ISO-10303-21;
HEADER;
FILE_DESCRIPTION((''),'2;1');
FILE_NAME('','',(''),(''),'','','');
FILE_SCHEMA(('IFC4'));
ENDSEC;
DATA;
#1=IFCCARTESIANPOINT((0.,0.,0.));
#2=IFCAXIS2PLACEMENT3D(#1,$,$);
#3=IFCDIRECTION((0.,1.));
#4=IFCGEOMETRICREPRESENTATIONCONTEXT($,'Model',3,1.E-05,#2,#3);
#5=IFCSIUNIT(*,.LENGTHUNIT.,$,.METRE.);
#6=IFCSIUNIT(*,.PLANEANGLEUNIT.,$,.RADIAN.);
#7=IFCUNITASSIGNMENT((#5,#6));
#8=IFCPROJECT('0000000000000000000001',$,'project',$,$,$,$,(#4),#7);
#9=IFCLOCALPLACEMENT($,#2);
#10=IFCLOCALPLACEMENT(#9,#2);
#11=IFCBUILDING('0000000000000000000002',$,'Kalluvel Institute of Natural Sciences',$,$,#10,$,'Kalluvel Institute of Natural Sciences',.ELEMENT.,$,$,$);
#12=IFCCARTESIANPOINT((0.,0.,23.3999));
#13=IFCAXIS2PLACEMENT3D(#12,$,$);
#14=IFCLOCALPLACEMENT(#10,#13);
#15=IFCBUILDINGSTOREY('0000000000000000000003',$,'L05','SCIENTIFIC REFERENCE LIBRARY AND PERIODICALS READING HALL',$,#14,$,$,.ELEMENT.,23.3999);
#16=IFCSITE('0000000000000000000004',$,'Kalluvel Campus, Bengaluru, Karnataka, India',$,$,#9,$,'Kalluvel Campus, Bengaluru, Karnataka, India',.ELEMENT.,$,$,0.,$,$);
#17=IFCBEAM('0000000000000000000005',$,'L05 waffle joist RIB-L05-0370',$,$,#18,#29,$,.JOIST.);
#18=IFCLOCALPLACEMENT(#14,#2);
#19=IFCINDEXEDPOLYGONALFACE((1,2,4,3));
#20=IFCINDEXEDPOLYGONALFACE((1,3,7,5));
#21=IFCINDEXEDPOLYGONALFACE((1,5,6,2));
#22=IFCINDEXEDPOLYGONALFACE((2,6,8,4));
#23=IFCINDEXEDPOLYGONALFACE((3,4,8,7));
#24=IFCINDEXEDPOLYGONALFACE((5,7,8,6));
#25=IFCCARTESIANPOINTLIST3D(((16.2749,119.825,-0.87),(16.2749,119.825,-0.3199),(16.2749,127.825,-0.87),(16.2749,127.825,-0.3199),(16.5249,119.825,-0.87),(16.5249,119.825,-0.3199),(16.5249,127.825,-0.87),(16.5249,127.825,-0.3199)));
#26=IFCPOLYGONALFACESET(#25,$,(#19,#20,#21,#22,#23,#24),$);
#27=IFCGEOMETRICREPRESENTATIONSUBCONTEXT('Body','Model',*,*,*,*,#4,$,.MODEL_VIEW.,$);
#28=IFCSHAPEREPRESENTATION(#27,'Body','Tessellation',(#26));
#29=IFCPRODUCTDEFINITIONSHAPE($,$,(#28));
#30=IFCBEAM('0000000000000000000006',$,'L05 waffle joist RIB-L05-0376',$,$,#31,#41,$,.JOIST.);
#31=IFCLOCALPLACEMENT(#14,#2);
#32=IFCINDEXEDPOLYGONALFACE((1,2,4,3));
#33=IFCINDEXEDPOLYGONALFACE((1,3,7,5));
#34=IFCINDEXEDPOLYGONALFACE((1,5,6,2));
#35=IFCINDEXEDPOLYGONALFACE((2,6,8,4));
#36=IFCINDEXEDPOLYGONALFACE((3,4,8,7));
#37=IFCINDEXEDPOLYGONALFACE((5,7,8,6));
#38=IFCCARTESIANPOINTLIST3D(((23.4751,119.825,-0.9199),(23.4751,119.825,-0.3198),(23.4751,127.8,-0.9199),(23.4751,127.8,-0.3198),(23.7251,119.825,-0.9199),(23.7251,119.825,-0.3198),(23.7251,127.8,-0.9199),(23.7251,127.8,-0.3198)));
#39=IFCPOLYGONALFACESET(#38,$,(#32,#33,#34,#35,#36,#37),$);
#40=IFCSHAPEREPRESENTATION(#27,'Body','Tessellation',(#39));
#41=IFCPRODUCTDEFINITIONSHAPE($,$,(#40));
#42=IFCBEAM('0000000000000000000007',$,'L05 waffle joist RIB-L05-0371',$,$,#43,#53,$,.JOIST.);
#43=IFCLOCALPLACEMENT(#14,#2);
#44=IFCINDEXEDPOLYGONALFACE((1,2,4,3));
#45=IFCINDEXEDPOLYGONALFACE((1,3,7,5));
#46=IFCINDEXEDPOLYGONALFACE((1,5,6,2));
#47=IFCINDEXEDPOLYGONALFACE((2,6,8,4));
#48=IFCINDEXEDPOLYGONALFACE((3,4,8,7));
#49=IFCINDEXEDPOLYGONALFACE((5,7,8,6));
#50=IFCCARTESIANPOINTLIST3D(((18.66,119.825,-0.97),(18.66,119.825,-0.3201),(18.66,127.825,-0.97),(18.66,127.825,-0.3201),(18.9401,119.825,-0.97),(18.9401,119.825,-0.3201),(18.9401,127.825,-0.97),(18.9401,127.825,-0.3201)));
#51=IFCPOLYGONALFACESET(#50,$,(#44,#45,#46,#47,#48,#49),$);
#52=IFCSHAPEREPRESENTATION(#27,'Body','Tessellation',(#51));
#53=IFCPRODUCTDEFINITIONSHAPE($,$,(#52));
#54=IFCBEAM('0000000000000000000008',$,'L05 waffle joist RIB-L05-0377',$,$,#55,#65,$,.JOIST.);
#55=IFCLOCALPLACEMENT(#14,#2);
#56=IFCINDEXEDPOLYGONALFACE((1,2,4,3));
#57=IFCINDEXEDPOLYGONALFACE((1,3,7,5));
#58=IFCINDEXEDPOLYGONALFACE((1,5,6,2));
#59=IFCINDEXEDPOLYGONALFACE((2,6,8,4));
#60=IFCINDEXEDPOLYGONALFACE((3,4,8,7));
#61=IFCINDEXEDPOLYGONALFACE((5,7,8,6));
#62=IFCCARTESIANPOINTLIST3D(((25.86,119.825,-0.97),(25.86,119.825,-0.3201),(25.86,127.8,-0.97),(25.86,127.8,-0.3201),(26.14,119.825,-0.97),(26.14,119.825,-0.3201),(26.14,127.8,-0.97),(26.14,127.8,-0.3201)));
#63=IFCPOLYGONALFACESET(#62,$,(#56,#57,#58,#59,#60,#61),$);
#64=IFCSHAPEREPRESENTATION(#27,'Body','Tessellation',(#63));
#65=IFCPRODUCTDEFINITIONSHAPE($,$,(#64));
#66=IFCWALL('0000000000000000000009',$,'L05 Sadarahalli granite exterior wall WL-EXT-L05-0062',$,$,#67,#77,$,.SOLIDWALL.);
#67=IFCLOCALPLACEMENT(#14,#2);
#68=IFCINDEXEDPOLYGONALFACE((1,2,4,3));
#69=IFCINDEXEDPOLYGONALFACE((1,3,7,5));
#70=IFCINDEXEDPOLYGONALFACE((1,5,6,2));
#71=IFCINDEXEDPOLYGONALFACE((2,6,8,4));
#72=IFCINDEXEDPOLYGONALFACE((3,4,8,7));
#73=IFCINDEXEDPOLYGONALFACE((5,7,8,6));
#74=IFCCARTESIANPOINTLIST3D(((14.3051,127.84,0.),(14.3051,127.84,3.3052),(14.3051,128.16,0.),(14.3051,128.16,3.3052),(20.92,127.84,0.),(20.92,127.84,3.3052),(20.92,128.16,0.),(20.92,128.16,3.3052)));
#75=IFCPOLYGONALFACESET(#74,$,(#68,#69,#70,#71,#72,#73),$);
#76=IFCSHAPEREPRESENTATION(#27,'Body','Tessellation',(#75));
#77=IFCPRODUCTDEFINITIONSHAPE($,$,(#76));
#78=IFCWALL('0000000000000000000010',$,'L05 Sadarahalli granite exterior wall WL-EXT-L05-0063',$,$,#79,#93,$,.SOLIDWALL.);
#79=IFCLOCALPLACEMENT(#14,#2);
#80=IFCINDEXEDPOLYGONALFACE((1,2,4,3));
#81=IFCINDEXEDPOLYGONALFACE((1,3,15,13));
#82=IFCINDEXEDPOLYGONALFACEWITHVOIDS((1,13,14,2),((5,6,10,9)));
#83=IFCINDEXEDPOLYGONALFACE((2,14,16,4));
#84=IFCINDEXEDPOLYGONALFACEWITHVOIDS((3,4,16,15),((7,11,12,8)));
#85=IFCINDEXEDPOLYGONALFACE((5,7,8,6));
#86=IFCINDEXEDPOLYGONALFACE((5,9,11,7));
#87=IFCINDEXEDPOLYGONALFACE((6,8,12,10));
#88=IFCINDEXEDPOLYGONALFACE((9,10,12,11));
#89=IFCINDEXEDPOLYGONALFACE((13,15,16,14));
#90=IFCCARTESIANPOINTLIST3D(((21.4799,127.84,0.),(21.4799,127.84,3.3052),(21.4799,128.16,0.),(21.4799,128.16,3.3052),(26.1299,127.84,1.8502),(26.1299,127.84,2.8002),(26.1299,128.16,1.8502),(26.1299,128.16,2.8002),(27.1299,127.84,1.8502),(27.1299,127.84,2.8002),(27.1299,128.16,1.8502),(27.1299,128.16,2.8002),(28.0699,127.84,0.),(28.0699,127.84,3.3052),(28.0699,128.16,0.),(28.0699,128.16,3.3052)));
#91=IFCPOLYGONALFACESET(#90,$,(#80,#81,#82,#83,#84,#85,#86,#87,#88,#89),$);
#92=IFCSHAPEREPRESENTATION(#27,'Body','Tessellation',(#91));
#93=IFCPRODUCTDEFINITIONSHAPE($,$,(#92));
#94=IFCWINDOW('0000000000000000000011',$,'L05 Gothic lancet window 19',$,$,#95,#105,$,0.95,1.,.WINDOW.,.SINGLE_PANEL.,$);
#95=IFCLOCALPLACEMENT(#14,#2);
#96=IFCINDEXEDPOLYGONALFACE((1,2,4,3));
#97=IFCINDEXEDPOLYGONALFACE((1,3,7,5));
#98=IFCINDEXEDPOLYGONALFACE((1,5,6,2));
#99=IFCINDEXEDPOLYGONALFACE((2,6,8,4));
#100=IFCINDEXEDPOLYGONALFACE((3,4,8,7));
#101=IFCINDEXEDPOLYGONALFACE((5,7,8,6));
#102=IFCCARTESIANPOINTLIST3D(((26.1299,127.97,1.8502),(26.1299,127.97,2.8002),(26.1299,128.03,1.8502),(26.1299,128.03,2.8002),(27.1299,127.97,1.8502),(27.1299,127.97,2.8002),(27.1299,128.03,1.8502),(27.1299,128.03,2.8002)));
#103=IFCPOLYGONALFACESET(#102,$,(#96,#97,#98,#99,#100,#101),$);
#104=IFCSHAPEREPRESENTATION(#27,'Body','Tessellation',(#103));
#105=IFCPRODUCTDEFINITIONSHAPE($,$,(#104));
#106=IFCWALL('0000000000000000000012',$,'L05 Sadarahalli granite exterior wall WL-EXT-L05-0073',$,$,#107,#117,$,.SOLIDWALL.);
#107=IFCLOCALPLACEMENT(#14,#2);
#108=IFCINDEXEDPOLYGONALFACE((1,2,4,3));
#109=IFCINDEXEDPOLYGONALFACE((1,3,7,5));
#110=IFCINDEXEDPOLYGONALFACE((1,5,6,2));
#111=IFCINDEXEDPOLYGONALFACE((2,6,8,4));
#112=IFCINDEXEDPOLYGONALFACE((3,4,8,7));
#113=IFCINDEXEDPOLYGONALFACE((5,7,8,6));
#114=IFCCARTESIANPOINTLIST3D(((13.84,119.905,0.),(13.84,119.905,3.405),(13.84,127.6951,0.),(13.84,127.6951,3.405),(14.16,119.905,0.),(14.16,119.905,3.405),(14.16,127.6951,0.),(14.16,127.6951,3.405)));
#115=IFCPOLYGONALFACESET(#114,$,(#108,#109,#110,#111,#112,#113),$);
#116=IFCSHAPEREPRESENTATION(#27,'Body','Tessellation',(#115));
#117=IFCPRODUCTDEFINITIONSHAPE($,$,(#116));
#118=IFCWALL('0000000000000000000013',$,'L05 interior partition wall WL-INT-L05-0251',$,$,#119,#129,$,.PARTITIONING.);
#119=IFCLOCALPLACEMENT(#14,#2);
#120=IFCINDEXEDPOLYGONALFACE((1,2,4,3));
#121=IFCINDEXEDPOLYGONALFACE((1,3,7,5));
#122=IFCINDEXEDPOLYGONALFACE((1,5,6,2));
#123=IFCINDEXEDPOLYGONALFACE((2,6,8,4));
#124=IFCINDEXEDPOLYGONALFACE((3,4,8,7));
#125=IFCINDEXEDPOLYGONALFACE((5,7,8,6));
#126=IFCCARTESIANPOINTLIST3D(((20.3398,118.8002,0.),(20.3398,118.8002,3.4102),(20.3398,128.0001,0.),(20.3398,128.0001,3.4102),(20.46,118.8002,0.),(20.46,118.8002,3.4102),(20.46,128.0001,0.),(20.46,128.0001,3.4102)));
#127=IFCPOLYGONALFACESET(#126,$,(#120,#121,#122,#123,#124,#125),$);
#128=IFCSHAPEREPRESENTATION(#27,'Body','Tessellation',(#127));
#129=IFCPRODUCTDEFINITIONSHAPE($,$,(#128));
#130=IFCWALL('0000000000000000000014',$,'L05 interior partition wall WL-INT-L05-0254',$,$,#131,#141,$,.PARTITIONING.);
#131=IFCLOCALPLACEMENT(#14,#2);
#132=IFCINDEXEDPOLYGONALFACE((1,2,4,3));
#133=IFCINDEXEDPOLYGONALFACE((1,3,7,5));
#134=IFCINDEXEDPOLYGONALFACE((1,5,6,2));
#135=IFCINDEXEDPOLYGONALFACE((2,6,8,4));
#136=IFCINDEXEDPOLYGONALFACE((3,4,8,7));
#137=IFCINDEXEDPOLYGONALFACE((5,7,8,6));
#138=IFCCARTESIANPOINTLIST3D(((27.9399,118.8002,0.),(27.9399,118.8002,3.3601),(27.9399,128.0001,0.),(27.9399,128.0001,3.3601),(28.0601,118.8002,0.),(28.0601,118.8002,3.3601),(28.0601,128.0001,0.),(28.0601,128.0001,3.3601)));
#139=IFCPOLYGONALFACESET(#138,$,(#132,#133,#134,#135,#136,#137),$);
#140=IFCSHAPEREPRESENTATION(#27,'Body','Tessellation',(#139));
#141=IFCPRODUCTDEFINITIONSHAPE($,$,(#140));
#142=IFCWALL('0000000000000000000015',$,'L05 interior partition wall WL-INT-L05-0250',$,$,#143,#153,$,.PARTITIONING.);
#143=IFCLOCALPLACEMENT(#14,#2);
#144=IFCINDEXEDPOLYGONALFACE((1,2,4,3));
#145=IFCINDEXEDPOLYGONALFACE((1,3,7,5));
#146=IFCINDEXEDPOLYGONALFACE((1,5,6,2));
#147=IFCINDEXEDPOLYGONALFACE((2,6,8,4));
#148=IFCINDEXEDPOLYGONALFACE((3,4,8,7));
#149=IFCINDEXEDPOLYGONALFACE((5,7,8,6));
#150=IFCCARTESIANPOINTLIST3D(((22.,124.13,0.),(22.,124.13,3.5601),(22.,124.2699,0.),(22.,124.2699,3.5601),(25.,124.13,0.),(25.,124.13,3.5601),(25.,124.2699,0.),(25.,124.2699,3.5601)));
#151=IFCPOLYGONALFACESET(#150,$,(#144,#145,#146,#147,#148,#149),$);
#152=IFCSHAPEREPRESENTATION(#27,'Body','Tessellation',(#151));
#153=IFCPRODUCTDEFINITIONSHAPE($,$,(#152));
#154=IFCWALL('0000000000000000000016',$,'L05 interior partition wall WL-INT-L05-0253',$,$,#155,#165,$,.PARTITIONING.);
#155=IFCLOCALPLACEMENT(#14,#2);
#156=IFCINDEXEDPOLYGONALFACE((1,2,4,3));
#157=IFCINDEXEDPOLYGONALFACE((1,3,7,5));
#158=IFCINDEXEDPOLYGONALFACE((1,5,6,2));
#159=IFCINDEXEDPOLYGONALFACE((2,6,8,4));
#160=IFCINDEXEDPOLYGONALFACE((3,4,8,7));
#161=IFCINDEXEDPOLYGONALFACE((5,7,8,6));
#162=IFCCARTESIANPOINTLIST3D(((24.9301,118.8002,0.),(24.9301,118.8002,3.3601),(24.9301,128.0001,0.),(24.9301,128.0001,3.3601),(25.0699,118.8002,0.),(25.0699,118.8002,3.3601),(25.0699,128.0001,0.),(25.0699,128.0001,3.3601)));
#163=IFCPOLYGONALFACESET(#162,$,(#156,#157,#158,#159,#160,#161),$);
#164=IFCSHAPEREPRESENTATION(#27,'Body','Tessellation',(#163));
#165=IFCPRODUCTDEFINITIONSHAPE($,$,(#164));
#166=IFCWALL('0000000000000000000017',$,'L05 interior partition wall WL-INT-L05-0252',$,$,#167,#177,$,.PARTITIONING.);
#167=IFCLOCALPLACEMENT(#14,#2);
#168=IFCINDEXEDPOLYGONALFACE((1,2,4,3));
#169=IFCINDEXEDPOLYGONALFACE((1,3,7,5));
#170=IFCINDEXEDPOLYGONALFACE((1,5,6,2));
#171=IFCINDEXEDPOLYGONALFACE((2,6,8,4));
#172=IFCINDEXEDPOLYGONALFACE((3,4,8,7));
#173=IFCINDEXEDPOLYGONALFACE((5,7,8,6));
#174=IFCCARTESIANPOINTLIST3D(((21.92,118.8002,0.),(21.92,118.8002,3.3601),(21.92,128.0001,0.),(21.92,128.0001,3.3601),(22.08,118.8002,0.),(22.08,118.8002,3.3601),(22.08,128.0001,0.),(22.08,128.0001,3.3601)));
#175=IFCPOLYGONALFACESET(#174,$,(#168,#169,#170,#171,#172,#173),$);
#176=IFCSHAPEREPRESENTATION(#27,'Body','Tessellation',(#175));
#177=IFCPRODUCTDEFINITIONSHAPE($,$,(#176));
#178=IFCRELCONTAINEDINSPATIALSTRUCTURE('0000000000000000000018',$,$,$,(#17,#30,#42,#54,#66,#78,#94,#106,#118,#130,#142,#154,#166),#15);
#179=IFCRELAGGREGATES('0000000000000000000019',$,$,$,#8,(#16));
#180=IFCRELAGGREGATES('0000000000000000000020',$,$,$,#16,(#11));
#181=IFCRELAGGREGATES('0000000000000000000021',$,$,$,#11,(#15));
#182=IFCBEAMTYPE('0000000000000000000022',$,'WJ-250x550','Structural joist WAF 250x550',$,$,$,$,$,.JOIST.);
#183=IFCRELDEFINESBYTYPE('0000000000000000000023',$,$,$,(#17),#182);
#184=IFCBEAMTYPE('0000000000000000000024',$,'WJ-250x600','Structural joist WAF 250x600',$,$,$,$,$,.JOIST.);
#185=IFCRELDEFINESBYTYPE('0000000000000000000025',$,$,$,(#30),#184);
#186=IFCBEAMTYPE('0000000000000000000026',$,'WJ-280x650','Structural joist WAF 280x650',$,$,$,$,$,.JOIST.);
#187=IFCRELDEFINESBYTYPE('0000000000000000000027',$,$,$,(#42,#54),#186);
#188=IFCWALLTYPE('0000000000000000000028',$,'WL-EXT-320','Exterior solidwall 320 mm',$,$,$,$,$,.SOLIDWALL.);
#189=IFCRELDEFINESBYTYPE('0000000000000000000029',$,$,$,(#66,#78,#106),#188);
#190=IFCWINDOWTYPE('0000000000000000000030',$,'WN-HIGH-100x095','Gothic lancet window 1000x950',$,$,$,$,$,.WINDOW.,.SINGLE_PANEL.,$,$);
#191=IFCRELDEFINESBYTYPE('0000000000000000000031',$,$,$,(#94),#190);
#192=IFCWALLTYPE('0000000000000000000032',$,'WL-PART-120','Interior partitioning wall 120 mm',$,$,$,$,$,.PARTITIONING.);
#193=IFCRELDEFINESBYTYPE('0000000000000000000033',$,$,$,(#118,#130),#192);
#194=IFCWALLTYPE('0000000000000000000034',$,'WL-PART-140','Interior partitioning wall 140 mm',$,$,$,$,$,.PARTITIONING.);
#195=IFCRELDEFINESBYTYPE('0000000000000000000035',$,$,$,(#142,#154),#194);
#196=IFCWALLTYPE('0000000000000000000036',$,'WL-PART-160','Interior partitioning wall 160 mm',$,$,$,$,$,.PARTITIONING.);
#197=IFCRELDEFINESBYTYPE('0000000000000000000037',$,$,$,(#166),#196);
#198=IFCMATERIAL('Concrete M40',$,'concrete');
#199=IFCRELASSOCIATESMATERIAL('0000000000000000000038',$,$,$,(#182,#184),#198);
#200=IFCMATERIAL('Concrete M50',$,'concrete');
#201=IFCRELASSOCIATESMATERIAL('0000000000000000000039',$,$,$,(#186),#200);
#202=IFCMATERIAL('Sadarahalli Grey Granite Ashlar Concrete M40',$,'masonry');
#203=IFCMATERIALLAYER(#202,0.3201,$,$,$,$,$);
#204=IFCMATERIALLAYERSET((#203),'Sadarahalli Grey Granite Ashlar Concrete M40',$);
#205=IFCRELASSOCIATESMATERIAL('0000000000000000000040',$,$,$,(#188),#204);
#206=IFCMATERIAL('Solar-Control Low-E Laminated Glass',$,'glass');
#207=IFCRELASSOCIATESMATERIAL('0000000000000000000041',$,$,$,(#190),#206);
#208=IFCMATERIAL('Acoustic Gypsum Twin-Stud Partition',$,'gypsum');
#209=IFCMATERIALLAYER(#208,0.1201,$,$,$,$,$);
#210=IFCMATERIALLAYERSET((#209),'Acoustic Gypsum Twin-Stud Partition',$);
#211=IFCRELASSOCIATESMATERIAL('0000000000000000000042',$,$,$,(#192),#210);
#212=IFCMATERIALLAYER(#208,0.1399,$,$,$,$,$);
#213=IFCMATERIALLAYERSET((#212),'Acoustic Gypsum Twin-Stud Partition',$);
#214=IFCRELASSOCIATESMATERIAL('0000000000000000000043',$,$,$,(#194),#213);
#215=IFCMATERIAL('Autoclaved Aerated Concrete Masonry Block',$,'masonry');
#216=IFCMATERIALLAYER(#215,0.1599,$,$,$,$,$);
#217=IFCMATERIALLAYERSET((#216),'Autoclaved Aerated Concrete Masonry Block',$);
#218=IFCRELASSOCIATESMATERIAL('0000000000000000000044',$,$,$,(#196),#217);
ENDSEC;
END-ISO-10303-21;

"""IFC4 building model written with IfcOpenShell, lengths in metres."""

from ifc_helpers import new_model, si_unit, direction, frame, frame_2d, origin, origin_2d, place, context, subcontext, project, spatial, rectangle, extrude, material, layer, layer_set, material_profile, profile_set, type_object, element, fill, save


model = new_model("IFC4")

# Units and contexts
model_context = context("Model", 3, precision=1e-05, world=origin(), true_north=direction((0.0, 1.0)))
body_context = subcontext(model_context, "Body", "Model", "MODEL_VIEW")
ifc_project = project(units=[si_unit("LENGTHUNIT", "METRE"), si_unit("PLANEANGLEUNIT", "RADIAN")], contexts=[model_context])

# Site, building, storey
site_placement = place(None, origin())
site = spatial("IfcSite", under=ifc_project, at=site_placement, Name="Kalluvel Campus, Bengaluru, Karnataka, India", LongName="Kalluvel Campus, Bengaluru, Karnataka, India", CompositionType="ELEMENT", RefElevation=0.0)
building_placement = place(site_placement, origin())
building = spatial("IfcBuilding", under=site, at=building_placement, Name="Kalluvel Institute of Natural Sciences", LongName="Kalluvel Institute of Natural Sciences", CompositionType="ELEMENT")
storey_placement = place(building_placement, frame((0.0, 0.0, 23.3999)))
storey = spatial("IfcBuildingStorey", under=building, at=storey_placement, Name="L05", Description="SCIENTIFIC REFERENCE LIBRARY AND PERIODICALS READING HALL", CompositionType="ELEMENT", Elevation=23.3999)

# Shared definitions
ifc_material_1 = material(Name="Concrete M50", Category="concrete")
ifc_material_2 = material(Name="Concrete M40", Category="concrete")

# Beams
ifc_material_profile_1 = material_profile(ifc_material_2, rectangle(XDim=0.25, YDim=0.55, at=origin_2d()), Name="WAF 250x550")
ifc_profile_set_1 = profile_set([ifc_material_profile_1], Name="Concrete M40")
beam_type_1 = type_object("IfcBeamType", Name="WJ-250x550", Description="Structural joist WAF 250x550", PredefinedType="JOIST", material=ifc_profile_set_1)
beam_1_placement = place(storey_placement, frame((16.3999, 119.825, -0.595), z_axis=(0.0, 1.0, 0.0), x_axis=(-1.0, 0.0, 0.0)))
element("IfcBeam", 1, at=beam_1_placement, inside=storey, type_object=beam_type_1, Name="L05 waffle joist RIB-L05-0370", PredefinedType="JOIST", context=body_context, shape_type="SweptSolid", body=[
    extrude(rectangle(XDim=0.25, YDim=0.55, at=origin_2d()), origin(), (0.0, 0.0, 1.0), 8.0),
])
ifc_material_profile_2 = material_profile(ifc_material_2, rectangle(XDim=0.25, YDim=0.6001, at=origin_2d()), Name="WAF 250x600")
ifc_profile_set_2 = profile_set([ifc_material_profile_2], Name="Concrete M40")
beam_type_2 = type_object("IfcBeamType", Name="WJ-250x600", Description="Structural joist WAF 250x600", PredefinedType="JOIST", material=ifc_profile_set_2)
beam_2_placement = place(storey_placement, frame((23.6001, 119.825, -0.6199), z_axis=(0.0, 1.0, 0.0), x_axis=(-1.0, 0.0, 0.0)))
element("IfcBeam", 2, at=beam_2_placement, inside=storey, type_object=beam_type_2, Name="L05 waffle joist RIB-L05-0376", PredefinedType="JOIST", context=body_context, shape_type="SweptSolid", body=[
    extrude(rectangle(XDim=0.25, YDim=0.6001, at=origin_2d()), origin(), (0.0, 0.0, 1.0), 7.9751),
])
ifc_material_profile_3 = material_profile(ifc_material_1, rectangle(XDim=0.28, YDim=0.6499, at=origin_2d()), Name="WAF 280x650")
ifc_profile_set_3 = profile_set([ifc_material_profile_3], Name="Concrete M50")
beam_type_3 = type_object("IfcBeamType", Name="WJ-280x650", Description="Structural joist WAF 280x650", PredefinedType="JOIST", material=ifc_profile_set_3)
beam_3_placement = place(storey_placement, frame((18.8, 119.825, -0.645), z_axis=(0.0, 1.0, 0.0), x_axis=(-1.0, 0.0, 0.0)))
element("IfcBeam", 3, at=beam_3_placement, inside=storey, type_object=beam_type_3, Name="L05 waffle joist RIB-L05-0371", PredefinedType="JOIST", context=body_context, shape_type="SweptSolid", body=[
    extrude(rectangle(XDim=0.28, YDim=0.6499, at=origin_2d()), origin(), (0.0, 0.0, 1.0), 8.0),
])
beam_4_placement = place(storey_placement, frame((26.0, 119.825, -0.645), z_axis=(0.0, 1.0, 0.0), x_axis=(-1.0, 0.0, 0.0)))
element("IfcBeam", 4, at=beam_4_placement, inside=storey, type_object=beam_type_3, Name="L05 waffle joist RIB-L05-0377", PredefinedType="JOIST", context=body_context, shape_type="SweptSolid", body=[
    extrude(rectangle(XDim=0.28, YDim=0.6499, at=origin_2d()), origin(), (0.0, 0.0, 1.0), 7.9751),
])

# Wall
ifc_material_3 = material(Name="Sadarahalli Grey Granite Ashlar Concrete M40", Category="masonry")
ifc_layer_1 = layer(ifc_material_3, 0.3201)
ifc_layer_set_1 = layer_set([ifc_layer_1], Name="Sadarahalli Grey Granite Ashlar Concrete M40")
wall_type_1 = type_object("IfcWallType", Name="WL-EXT-320", Description="Exterior solidwall 320 mm", PredefinedType="SOLIDWALL", material=ifc_layer_set_1)
wall_1_placement = place(storey_placement, frame((14.3049, 128.0, 0.0), z_axis=(0.0, 0.0, 1.0), x_axis=(1.0, 0.0, 0.0)))
element("IfcWall", 5, at=wall_1_placement, inside=storey, type_object=wall_type_1, Name="L05 Sadarahalli granite exterior wall WL-EXT-L05-0062", PredefinedType="SOLIDWALL", context=body_context, shape_type="SweptSolid", body=[
    extrude(rectangle(XDim=6.615, YDim=0.3201, at=frame_2d((3.3076, 0.0))), origin(), (0.0, 0.0, 1.0), 3.3052),
])

# Wall, opening, window
wall_2_placement = place(storey_placement, frame((21.48, 128.0, 0.0), z_axis=(0.0, 0.0, 1.0), x_axis=(1.0, 0.0, 0.0)))
wall_2 = element("IfcWall", 6, at=wall_2_placement, inside=storey, type_object=wall_type_1, Name="L05 Sadarahalli granite exterior wall WL-EXT-L05-0063", PredefinedType="SOLIDWALL", context=body_context, shape_type="SweptSolid", body=[
    extrude(rectangle(XDim=6.5901, YDim=0.3201, at=frame_2d((3.2949, 0.0))), origin(), (0.0, 0.0, 1.0), 3.3052),
])
opening_placement = place(wall_2_placement, frame((4.6499, 0.0, 1.8501)))
opening = element("IfcOpeningElement", 7, at=opening_placement, cuts=wall_2, PredefinedType="OPENING", context=body_context, shape_type="SweptSolid", body=[
    extrude(rectangle(XDim=1.0, YDim=0.95, at=frame_2d((0.5, 0.4751))), frame((0.0, 0.1699, 0.0), z_axis=(0.0, -1.0, 0.0), x_axis=(1.0, 0.0, 0.0)), (0.0, 0.0, 1.0), 0.3401),
])
ifc_material_4 = material(Name="Solar-Control Low-E Laminated Glass", Category="glass")
window_type = type_object("IfcWindowType", Name="WN-HIGH-100x095", Description="Gothic lancet window 1000x950", PartitioningType="SINGLE_PANEL", PredefinedType="WINDOW", material=ifc_material_4)
window_placement = place(opening_placement, origin())
window = element("IfcWindow", 8, at=window_placement, inside=storey, type_object=window_type, Name="L05 Gothic lancet window 19", OverallHeight=0.95, OverallWidth=1.0, PartitioningType="SINGLE_PANEL", PredefinedType="WINDOW", context=body_context, shape_type="SweptSolid", body=[
    extrude(rectangle(XDim=1.0, YDim=0.95, at=frame_2d((0.5, 0.4751))), frame((0.0, 0.03, 0.0), z_axis=(0.0, -1.0, 0.0), x_axis=(1.0, 0.0, 0.0)), (0.0, 0.0, 1.0), 0.0601),
])
fill(opening, window)

# Walls
wall_3_placement = place(storey_placement, frame((14.0, 119.905, 0.0), z_axis=(0.0, 0.0, 1.0), x_axis=(0.0, 1.0, 0.0)))
element("IfcWall", 9, at=wall_3_placement, inside=storey, type_object=wall_type_1, Name="L05 Sadarahalli granite exterior wall WL-EXT-L05-0073", PredefinedType="SOLIDWALL", context=body_context, shape_type="SweptSolid", body=[
    extrude(rectangle(XDim=7.79, YDim=0.3201, at=frame_2d((3.895, 0.0))), origin(), (0.0, 0.0, 1.0), 3.405),
])
ifc_material_5 = material(Name="Acoustic Gypsum Twin-Stud Partition", Category="gypsum")
ifc_layer_2 = layer(ifc_material_5, 0.1201)
ifc_layer_set_2 = layer_set([ifc_layer_2], Name="Acoustic Gypsum Twin-Stud Partition")
wall_type_2 = type_object("IfcWallType", Name="WL-PART-120", Description="Interior partitioning wall 120 mm", PredefinedType="PARTITIONING", material=ifc_layer_set_2)
wall_4_placement = place(storey_placement, frame((20.3999, 118.8, 0.0), z_axis=(0.0, 0.0, 1.0), x_axis=(0.0, 1.0, 0.0)))
element("IfcWall", 10, at=wall_4_placement, inside=storey, type_object=wall_type_2, Name="L05 interior partition wall WL-INT-L05-0251", PredefinedType="PARTITIONING", context=body_context, shape_type="SweptSolid", body=[
    extrude(rectangle(XDim=9.2, YDim=0.1201, at=frame_2d((4.6001, 0.0))), origin(), (0.0, 0.0, 1.0), 3.4102),
])
wall_5_placement = place(storey_placement, frame((28.0, 118.8, 0.0), z_axis=(0.0, 0.0, 1.0), x_axis=(0.0, 1.0, 0.0)))
element("IfcWall", 11, at=wall_5_placement, inside=storey, type_object=wall_type_2, Name="L05 interior partition wall WL-INT-L05-0254", PredefinedType="PARTITIONING", context=body_context, shape_type="SweptSolid", body=[
    extrude(rectangle(XDim=9.2, YDim=0.1201, at=frame_2d((4.6001, 0.0))), origin(), (0.0, 0.0, 1.0), 3.3601),
])
ifc_layer_3 = layer(ifc_material_5, 0.1399)
ifc_layer_set_3 = layer_set([ifc_layer_3], Name="Acoustic Gypsum Twin-Stud Partition")
wall_type_3 = type_object("IfcWallType", Name="WL-PART-140", Description="Interior partitioning wall 140 mm", PredefinedType="PARTITIONING", material=ifc_layer_set_3)
wall_6_placement = place(storey_placement, frame((22.0, 124.2, 0.0), z_axis=(0.0, 0.0, 1.0), x_axis=(1.0, 0.0, 0.0)))
element("IfcWall", 12, at=wall_6_placement, inside=storey, type_object=wall_type_3, Name="L05 interior partition wall WL-INT-L05-0250", PredefinedType="PARTITIONING", context=body_context, shape_type="SweptSolid", body=[
    extrude(rectangle(XDim=3.0, YDim=0.1399, at=frame_2d((1.5, 0.0))), origin(), (0.0, 0.0, 1.0), 3.5601),
])
wall_7_placement = place(storey_placement, frame((25.0, 118.8, 0.0), z_axis=(0.0, 0.0, 1.0), x_axis=(0.0, 1.0, 0.0)))
element("IfcWall", 13, at=wall_7_placement, inside=storey, type_object=wall_type_3, Name="L05 interior partition wall WL-INT-L05-0253", PredefinedType="PARTITIONING", context=body_context, shape_type="SweptSolid", body=[
    extrude(rectangle(XDim=9.2, YDim=0.1399, at=frame_2d((4.6001, 0.0))), origin(), (0.0, 0.0, 1.0), 3.3601),
])
ifc_material_6 = material(Name="Autoclaved Aerated Concrete Masonry Block", Category="masonry")
ifc_layer_4 = layer(ifc_material_6, 0.1599)
ifc_layer_set_4 = layer_set([ifc_layer_4], Name="Autoclaved Aerated Concrete Masonry Block")
wall_type_4 = type_object("IfcWallType", Name="WL-PART-160", Description="Interior partitioning wall 160 mm", PredefinedType="PARTITIONING", material=ifc_layer_set_4)
wall_8_placement = place(storey_placement, frame((22.0, 118.8, 0.0), z_axis=(0.0, 0.0, 1.0), x_axis=(0.0, 1.0, 0.0)))
element("IfcWall", 14, at=wall_8_placement, inside=storey, type_object=wall_type_4, Name="L05 interior partition wall WL-INT-L05-0252", PredefinedType="PARTITIONING", context=body_context, shape_type="SweptSolid", body=[
    extrude(rectangle(XDim=9.2, YDim=0.1599, at=frame_2d((4.6001, 0.0))), origin(), (0.0, 0.0, 1.0), 3.3601),
])

save(model, "model.ifc")
